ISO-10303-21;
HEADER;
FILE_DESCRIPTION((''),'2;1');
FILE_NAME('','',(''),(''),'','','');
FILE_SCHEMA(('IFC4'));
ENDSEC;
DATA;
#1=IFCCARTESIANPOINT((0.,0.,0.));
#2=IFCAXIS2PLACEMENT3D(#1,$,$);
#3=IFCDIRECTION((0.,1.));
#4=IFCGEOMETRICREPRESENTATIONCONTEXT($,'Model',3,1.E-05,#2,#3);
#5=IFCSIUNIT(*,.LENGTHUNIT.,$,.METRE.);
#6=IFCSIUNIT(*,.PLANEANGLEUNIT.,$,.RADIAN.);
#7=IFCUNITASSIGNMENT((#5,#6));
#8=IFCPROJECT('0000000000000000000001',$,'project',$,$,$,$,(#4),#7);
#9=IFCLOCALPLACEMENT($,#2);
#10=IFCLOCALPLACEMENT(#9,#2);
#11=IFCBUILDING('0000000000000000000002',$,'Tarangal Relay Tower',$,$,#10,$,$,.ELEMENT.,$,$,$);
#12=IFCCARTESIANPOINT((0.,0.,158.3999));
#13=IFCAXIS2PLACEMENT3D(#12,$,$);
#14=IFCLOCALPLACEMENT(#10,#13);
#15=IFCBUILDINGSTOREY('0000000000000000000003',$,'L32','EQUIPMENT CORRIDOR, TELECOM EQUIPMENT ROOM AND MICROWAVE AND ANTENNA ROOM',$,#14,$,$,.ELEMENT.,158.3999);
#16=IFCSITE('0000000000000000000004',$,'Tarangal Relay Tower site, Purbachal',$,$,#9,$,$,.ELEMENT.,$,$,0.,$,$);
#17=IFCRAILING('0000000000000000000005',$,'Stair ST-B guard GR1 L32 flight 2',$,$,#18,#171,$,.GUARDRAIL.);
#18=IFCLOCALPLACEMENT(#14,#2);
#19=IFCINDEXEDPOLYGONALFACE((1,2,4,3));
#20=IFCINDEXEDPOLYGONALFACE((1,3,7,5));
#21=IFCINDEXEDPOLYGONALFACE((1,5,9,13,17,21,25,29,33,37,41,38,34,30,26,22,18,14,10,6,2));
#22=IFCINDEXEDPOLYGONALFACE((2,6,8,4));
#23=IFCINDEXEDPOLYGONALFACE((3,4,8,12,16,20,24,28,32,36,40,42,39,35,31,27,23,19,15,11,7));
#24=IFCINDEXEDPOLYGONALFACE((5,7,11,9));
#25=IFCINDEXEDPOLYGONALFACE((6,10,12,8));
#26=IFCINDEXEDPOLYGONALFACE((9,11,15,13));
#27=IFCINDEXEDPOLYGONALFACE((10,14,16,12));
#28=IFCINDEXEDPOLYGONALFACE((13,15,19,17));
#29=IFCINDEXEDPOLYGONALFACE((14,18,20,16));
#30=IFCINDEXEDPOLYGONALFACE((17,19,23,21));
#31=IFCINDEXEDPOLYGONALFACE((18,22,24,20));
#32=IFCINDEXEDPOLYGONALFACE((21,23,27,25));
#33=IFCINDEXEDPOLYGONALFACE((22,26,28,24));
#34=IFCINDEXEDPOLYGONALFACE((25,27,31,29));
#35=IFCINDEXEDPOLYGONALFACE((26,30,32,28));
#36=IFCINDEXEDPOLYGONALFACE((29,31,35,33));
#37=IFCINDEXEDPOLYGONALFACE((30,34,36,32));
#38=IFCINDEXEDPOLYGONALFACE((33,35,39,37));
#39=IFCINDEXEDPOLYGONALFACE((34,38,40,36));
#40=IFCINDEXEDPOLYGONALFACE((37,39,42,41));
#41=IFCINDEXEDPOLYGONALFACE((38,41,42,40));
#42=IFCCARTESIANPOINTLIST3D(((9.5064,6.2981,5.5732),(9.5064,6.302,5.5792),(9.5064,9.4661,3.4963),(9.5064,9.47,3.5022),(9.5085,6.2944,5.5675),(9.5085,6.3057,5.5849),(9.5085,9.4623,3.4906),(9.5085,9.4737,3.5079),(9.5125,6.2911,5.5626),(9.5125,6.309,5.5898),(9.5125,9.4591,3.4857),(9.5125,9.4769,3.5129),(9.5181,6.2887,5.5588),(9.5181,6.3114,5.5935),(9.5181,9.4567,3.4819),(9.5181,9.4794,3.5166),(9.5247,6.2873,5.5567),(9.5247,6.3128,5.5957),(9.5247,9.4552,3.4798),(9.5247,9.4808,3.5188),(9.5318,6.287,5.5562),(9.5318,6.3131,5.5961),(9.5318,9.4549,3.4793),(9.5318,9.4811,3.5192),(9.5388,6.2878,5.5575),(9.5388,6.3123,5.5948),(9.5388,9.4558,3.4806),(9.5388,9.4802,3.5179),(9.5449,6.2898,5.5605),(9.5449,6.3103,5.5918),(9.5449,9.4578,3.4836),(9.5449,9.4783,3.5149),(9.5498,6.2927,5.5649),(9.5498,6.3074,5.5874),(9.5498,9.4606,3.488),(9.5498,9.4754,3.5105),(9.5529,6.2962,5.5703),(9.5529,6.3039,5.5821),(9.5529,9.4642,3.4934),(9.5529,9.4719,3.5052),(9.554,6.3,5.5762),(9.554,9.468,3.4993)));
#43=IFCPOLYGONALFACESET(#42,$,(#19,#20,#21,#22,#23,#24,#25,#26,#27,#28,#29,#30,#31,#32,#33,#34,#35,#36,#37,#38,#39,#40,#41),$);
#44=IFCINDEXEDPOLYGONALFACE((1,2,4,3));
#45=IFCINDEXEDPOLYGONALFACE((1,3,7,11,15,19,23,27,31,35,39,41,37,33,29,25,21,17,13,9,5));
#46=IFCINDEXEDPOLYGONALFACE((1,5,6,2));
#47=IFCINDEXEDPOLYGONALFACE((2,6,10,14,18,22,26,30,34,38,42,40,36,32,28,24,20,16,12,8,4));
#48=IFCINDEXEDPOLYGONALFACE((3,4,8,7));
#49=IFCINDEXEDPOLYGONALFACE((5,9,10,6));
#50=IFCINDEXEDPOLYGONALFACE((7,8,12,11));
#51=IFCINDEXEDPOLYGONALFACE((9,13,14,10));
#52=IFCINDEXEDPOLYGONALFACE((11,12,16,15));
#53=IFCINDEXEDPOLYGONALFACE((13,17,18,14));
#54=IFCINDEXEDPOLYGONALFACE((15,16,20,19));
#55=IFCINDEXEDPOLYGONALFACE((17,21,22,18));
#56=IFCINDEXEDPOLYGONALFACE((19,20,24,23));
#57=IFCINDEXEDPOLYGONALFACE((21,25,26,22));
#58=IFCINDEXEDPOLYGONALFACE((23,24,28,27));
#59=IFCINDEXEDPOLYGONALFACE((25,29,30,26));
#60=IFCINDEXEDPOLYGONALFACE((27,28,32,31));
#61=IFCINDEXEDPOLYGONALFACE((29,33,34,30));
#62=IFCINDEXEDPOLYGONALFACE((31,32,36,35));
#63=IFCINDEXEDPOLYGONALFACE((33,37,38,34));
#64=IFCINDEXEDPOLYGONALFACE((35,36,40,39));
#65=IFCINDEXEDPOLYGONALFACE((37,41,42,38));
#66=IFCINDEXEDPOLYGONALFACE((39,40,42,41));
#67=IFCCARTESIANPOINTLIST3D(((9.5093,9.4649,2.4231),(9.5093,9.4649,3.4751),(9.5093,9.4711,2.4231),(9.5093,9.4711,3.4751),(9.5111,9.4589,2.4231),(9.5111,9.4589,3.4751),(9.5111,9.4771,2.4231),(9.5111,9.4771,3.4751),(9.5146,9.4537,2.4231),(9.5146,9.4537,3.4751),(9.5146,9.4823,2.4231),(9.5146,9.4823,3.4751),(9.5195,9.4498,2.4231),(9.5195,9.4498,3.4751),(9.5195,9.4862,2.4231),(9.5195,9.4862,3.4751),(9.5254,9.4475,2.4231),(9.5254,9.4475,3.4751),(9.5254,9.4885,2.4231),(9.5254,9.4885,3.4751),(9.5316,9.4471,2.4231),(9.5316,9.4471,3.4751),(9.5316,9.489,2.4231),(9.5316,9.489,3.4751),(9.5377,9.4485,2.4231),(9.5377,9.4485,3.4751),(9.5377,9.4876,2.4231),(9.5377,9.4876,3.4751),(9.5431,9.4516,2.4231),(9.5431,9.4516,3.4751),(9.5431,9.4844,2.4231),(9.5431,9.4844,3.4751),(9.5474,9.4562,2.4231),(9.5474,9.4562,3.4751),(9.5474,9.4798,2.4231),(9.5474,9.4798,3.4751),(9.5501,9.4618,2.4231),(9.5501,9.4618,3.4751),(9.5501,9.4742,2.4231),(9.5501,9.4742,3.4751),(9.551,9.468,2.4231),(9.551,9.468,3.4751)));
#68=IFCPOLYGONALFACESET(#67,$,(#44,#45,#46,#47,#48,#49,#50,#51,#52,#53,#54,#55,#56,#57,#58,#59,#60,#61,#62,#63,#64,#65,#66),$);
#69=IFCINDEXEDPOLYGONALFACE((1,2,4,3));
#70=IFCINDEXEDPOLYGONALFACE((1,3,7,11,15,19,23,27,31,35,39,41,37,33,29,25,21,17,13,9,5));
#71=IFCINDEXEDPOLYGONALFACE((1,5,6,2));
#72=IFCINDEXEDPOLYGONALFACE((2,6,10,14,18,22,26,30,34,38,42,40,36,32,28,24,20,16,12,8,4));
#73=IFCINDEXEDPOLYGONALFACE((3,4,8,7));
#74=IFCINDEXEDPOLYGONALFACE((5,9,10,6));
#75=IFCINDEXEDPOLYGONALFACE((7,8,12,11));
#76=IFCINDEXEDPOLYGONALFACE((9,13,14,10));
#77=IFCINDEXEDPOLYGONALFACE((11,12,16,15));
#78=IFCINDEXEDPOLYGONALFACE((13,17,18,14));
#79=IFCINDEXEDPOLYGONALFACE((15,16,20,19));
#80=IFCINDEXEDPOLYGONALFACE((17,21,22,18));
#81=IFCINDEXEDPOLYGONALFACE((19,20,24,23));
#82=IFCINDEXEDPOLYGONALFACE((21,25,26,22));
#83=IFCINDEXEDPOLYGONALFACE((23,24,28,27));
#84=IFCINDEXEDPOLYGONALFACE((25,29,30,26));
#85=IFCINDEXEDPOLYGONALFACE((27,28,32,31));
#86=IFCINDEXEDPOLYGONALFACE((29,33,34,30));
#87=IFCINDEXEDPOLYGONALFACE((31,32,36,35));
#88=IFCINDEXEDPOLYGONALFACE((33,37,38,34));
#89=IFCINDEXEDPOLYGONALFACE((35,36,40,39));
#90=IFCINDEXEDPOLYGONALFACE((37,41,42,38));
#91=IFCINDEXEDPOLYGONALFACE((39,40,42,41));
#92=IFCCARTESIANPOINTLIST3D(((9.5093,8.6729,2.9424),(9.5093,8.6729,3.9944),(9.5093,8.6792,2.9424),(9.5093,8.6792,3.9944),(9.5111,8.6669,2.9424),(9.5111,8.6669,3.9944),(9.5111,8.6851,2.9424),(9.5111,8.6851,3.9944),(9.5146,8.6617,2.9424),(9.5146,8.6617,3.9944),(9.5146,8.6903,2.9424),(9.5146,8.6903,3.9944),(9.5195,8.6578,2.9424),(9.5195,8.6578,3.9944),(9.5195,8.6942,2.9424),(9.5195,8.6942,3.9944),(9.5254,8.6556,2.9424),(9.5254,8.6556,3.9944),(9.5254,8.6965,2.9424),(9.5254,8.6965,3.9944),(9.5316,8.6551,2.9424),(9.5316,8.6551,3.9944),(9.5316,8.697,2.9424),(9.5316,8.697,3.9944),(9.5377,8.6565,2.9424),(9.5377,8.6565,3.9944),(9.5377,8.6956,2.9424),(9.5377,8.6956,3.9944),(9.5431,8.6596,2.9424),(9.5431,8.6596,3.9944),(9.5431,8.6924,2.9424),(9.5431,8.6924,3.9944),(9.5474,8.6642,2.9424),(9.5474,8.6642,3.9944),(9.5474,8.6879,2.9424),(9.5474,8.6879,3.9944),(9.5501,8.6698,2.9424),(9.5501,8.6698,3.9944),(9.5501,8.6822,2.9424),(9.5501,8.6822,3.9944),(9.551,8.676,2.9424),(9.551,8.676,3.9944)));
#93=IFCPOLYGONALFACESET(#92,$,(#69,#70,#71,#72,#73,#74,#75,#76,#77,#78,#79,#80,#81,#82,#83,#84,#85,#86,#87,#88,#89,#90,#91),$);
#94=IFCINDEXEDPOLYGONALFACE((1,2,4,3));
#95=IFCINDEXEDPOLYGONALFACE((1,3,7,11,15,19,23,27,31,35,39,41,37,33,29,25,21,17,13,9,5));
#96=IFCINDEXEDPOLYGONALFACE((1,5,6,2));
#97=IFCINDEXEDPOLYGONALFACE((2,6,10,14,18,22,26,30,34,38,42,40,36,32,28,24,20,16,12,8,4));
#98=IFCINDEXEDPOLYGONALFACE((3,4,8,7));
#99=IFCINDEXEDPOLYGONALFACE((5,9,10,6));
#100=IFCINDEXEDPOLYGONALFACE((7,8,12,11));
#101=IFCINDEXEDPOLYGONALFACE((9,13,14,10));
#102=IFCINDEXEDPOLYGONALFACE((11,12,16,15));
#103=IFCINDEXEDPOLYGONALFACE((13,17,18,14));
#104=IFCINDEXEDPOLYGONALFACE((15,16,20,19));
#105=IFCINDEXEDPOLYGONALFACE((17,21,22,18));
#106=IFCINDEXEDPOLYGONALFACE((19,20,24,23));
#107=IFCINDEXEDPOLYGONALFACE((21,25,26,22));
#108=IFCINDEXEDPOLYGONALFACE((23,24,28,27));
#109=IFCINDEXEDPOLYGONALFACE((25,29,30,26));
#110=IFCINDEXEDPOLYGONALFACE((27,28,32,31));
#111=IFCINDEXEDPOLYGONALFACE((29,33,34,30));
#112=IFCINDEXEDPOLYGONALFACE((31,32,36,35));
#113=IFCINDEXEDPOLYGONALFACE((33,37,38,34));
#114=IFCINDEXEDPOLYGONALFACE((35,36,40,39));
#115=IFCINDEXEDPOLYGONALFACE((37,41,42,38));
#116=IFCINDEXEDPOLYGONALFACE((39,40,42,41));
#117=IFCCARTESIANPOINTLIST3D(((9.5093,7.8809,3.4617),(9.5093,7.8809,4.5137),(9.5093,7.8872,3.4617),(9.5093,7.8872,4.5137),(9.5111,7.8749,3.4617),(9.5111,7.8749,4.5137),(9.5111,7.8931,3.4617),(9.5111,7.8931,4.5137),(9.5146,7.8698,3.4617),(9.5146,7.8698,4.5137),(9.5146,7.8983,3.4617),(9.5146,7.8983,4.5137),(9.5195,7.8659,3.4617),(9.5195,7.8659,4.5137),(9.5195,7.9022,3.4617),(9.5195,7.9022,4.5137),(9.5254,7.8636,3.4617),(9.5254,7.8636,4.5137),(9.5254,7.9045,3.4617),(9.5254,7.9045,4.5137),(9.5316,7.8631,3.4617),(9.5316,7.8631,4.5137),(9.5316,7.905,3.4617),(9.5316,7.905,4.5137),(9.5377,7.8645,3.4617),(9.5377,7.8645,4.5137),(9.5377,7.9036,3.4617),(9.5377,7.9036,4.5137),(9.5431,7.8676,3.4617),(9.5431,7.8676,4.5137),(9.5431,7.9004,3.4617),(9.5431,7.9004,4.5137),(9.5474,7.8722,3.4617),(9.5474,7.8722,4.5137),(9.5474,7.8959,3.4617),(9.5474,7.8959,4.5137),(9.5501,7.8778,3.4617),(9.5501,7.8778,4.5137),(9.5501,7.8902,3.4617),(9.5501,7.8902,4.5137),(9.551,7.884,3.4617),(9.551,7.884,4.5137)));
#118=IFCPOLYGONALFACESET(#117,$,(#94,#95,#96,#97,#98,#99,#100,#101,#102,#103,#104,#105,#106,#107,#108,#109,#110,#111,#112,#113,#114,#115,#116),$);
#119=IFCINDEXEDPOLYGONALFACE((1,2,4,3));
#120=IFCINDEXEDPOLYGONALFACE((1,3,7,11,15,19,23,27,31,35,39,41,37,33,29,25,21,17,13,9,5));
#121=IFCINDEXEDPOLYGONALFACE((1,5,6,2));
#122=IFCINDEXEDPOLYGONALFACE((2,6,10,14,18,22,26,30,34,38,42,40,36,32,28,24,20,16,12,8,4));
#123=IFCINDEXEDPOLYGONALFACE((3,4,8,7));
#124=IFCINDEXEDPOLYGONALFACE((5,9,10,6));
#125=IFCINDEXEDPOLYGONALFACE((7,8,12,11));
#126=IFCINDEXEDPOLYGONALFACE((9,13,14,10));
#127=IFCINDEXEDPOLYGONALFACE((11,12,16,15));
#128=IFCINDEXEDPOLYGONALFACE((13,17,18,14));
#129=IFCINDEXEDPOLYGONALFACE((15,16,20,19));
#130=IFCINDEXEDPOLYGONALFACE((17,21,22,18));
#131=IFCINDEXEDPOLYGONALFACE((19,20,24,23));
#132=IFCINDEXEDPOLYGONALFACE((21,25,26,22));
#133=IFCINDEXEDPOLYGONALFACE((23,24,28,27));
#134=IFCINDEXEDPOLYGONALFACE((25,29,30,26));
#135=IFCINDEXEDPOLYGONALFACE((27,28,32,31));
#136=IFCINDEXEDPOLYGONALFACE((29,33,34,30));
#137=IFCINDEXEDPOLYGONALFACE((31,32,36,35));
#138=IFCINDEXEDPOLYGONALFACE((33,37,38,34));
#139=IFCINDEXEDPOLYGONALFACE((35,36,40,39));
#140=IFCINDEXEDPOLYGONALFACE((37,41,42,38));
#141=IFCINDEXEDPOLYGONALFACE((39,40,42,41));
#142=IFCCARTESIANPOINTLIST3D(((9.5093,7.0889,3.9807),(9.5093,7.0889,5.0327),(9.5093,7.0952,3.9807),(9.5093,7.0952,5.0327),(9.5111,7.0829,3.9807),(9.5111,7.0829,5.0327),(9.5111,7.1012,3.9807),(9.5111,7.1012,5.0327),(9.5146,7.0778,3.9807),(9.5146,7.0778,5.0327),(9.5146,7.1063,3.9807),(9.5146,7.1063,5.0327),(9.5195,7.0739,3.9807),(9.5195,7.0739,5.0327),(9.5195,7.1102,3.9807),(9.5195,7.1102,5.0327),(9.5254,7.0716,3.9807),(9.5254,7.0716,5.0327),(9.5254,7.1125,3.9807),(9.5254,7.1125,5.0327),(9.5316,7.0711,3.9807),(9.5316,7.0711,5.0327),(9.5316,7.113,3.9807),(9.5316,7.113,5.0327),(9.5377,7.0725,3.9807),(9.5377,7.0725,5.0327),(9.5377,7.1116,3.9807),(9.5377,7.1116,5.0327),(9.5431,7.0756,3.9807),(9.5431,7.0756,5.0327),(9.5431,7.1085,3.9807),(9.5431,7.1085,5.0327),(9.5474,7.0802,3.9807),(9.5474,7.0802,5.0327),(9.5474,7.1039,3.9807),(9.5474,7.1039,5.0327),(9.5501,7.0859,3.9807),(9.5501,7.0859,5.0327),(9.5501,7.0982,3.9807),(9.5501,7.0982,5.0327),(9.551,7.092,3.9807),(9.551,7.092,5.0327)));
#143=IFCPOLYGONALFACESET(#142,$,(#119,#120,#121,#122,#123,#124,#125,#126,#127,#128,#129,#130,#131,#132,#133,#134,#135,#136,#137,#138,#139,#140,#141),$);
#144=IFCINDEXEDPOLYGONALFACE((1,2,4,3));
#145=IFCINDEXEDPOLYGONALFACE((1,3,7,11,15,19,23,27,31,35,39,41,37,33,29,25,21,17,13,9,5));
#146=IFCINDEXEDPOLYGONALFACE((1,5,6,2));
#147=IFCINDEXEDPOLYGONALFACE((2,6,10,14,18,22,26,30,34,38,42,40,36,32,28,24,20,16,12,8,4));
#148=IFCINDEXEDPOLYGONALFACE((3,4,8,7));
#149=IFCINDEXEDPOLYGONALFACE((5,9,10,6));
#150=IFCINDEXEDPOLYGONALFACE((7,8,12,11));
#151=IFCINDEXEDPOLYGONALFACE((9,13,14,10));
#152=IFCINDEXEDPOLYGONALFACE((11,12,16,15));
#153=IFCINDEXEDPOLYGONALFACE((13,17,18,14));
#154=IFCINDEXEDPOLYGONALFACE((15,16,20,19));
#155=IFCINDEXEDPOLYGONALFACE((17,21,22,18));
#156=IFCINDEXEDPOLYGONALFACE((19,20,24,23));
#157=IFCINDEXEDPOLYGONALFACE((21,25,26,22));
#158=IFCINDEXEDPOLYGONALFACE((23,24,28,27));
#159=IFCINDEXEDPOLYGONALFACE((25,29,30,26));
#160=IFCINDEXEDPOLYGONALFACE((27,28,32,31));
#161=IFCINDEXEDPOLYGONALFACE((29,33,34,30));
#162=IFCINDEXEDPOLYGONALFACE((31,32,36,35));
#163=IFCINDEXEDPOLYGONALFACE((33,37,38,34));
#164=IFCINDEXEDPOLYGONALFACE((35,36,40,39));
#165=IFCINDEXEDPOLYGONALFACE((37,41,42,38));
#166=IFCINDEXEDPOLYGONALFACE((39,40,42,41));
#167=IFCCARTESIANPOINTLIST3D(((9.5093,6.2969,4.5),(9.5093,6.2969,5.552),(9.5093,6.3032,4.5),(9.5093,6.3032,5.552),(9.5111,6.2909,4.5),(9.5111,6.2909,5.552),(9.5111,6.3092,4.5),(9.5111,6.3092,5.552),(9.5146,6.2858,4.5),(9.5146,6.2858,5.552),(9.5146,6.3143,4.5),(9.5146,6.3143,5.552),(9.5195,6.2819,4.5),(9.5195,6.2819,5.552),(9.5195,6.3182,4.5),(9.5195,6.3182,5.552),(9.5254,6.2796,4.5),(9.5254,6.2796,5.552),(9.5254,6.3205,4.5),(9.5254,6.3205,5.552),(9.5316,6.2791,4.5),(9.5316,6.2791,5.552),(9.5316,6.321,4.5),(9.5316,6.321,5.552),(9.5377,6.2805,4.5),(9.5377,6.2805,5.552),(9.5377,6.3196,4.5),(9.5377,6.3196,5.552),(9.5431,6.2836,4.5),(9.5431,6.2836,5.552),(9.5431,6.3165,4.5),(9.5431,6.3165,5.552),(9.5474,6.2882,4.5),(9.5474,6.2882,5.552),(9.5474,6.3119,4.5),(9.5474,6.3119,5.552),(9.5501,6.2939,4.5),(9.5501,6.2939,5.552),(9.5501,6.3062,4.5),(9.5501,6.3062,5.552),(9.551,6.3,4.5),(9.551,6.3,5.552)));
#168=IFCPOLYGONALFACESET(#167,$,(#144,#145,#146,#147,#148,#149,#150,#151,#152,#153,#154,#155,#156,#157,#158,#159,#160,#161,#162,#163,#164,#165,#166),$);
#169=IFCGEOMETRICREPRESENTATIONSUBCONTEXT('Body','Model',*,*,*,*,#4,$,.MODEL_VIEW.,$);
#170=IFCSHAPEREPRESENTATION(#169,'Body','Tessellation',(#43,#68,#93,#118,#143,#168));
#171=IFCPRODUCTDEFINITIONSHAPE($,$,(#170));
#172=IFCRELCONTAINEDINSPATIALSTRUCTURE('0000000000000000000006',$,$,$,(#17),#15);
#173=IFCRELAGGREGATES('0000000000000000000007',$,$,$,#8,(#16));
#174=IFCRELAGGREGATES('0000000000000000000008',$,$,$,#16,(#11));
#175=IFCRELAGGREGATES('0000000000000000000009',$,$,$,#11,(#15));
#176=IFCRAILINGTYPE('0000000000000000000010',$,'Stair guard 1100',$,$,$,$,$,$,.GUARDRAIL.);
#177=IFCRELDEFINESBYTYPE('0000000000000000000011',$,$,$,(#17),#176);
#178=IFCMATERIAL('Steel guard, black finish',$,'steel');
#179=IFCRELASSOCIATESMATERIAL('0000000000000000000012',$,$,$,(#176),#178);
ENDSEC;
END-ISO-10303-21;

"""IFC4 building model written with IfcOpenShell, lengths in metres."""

from ifc_helpers import new_model, si_unit, direction, frame, origin, origin_2d, place, context, subcontext, project, spatial, circle, extrude, material, type_object, element, save


model = new_model("IFC4")

# Units and contexts
model_context = context("Model", 3, precision=1e-05, world=origin(), true_north=direction((0.0, 1.0)))
body_context = subcontext(model_context, "Body", "Model", "MODEL_VIEW")
ifc_project = project(units=[si_unit("LENGTHUNIT", "METRE"), si_unit("PLANEANGLEUNIT", "RADIAN")], contexts=[model_context])

# Site, building, storey
site_placement = place(None, origin())
site = spatial("IfcSite", under=ifc_project, at=site_placement, Name="Tarangal Relay Tower site, Purbachal", CompositionType="ELEMENT", RefElevation=0.0)
building_placement = place(site_placement, origin())
building = spatial("IfcBuilding", under=site, at=building_placement, Name="Tarangal Relay Tower", CompositionType="ELEMENT")
storey_placement = place(building_placement, frame((0.0, 0.0, 158.3999)))
storey = spatial("IfcBuildingStorey", under=building, at=storey_placement, Name="L32", Description="EQUIPMENT CORRIDOR, TELECOM EQUIPMENT ROOM AND MICROWAVE AND ANTENNA ROOM", CompositionType="ELEMENT", Elevation=158.3999)

# Railing
ifc_material_1 = material(Name="Steel guard, black finish", Category="steel")
railing_type_1 = type_object("IfcRailingType", Name="Stair guard 1100", PredefinedType="GUARDRAIL", material=ifc_material_1)
railing_1_placement = place(storey_placement, frame((9.53, 9.468, 2.4231)))
element("IfcRailing", 1, at=railing_1_placement, inside=storey, type_object=railing_type_1, Name="Stair ST-B guard GR1 L32 flight 2", PredefinedType="GUARDRAIL", context=body_context, shape_type="SweptSolid", body=[
    extrude(circle(Radius=0.0239, at=origin_2d()), frame((0.0, 0.0, 1.0762), z_axis=(0.0, -0.836299, 0.548273), x_axis=(1.0, 0.0, 0.0)), (0.0, 0.0, 1.0), 3.7881),
    extrude(circle(Radius=0.021, at=origin_2d()), origin(), (0.0, 0.0, 1.0), 1.052),
    extrude(circle(Radius=0.021, at=origin_2d()), frame((0.0, -0.792, 0.5193)), (0.0, 0.0, 1.0), 1.052),
    extrude(circle(Radius=0.021, at=origin_2d()), frame((0.0, -1.584, 1.0386)), (0.0, 0.0, 1.0), 1.052),
    extrude(circle(Radius=0.021, at=origin_2d()), frame((0.0, -2.376, 1.5576)), (0.0, 0.0, 1.0), 1.052),
    extrude(circle(Radius=0.021, at=origin_2d()), frame((0.0, -3.168, 2.0769)), (0.0, 0.0, 1.0), 1.052),
])

save(model, "model.ifc")
